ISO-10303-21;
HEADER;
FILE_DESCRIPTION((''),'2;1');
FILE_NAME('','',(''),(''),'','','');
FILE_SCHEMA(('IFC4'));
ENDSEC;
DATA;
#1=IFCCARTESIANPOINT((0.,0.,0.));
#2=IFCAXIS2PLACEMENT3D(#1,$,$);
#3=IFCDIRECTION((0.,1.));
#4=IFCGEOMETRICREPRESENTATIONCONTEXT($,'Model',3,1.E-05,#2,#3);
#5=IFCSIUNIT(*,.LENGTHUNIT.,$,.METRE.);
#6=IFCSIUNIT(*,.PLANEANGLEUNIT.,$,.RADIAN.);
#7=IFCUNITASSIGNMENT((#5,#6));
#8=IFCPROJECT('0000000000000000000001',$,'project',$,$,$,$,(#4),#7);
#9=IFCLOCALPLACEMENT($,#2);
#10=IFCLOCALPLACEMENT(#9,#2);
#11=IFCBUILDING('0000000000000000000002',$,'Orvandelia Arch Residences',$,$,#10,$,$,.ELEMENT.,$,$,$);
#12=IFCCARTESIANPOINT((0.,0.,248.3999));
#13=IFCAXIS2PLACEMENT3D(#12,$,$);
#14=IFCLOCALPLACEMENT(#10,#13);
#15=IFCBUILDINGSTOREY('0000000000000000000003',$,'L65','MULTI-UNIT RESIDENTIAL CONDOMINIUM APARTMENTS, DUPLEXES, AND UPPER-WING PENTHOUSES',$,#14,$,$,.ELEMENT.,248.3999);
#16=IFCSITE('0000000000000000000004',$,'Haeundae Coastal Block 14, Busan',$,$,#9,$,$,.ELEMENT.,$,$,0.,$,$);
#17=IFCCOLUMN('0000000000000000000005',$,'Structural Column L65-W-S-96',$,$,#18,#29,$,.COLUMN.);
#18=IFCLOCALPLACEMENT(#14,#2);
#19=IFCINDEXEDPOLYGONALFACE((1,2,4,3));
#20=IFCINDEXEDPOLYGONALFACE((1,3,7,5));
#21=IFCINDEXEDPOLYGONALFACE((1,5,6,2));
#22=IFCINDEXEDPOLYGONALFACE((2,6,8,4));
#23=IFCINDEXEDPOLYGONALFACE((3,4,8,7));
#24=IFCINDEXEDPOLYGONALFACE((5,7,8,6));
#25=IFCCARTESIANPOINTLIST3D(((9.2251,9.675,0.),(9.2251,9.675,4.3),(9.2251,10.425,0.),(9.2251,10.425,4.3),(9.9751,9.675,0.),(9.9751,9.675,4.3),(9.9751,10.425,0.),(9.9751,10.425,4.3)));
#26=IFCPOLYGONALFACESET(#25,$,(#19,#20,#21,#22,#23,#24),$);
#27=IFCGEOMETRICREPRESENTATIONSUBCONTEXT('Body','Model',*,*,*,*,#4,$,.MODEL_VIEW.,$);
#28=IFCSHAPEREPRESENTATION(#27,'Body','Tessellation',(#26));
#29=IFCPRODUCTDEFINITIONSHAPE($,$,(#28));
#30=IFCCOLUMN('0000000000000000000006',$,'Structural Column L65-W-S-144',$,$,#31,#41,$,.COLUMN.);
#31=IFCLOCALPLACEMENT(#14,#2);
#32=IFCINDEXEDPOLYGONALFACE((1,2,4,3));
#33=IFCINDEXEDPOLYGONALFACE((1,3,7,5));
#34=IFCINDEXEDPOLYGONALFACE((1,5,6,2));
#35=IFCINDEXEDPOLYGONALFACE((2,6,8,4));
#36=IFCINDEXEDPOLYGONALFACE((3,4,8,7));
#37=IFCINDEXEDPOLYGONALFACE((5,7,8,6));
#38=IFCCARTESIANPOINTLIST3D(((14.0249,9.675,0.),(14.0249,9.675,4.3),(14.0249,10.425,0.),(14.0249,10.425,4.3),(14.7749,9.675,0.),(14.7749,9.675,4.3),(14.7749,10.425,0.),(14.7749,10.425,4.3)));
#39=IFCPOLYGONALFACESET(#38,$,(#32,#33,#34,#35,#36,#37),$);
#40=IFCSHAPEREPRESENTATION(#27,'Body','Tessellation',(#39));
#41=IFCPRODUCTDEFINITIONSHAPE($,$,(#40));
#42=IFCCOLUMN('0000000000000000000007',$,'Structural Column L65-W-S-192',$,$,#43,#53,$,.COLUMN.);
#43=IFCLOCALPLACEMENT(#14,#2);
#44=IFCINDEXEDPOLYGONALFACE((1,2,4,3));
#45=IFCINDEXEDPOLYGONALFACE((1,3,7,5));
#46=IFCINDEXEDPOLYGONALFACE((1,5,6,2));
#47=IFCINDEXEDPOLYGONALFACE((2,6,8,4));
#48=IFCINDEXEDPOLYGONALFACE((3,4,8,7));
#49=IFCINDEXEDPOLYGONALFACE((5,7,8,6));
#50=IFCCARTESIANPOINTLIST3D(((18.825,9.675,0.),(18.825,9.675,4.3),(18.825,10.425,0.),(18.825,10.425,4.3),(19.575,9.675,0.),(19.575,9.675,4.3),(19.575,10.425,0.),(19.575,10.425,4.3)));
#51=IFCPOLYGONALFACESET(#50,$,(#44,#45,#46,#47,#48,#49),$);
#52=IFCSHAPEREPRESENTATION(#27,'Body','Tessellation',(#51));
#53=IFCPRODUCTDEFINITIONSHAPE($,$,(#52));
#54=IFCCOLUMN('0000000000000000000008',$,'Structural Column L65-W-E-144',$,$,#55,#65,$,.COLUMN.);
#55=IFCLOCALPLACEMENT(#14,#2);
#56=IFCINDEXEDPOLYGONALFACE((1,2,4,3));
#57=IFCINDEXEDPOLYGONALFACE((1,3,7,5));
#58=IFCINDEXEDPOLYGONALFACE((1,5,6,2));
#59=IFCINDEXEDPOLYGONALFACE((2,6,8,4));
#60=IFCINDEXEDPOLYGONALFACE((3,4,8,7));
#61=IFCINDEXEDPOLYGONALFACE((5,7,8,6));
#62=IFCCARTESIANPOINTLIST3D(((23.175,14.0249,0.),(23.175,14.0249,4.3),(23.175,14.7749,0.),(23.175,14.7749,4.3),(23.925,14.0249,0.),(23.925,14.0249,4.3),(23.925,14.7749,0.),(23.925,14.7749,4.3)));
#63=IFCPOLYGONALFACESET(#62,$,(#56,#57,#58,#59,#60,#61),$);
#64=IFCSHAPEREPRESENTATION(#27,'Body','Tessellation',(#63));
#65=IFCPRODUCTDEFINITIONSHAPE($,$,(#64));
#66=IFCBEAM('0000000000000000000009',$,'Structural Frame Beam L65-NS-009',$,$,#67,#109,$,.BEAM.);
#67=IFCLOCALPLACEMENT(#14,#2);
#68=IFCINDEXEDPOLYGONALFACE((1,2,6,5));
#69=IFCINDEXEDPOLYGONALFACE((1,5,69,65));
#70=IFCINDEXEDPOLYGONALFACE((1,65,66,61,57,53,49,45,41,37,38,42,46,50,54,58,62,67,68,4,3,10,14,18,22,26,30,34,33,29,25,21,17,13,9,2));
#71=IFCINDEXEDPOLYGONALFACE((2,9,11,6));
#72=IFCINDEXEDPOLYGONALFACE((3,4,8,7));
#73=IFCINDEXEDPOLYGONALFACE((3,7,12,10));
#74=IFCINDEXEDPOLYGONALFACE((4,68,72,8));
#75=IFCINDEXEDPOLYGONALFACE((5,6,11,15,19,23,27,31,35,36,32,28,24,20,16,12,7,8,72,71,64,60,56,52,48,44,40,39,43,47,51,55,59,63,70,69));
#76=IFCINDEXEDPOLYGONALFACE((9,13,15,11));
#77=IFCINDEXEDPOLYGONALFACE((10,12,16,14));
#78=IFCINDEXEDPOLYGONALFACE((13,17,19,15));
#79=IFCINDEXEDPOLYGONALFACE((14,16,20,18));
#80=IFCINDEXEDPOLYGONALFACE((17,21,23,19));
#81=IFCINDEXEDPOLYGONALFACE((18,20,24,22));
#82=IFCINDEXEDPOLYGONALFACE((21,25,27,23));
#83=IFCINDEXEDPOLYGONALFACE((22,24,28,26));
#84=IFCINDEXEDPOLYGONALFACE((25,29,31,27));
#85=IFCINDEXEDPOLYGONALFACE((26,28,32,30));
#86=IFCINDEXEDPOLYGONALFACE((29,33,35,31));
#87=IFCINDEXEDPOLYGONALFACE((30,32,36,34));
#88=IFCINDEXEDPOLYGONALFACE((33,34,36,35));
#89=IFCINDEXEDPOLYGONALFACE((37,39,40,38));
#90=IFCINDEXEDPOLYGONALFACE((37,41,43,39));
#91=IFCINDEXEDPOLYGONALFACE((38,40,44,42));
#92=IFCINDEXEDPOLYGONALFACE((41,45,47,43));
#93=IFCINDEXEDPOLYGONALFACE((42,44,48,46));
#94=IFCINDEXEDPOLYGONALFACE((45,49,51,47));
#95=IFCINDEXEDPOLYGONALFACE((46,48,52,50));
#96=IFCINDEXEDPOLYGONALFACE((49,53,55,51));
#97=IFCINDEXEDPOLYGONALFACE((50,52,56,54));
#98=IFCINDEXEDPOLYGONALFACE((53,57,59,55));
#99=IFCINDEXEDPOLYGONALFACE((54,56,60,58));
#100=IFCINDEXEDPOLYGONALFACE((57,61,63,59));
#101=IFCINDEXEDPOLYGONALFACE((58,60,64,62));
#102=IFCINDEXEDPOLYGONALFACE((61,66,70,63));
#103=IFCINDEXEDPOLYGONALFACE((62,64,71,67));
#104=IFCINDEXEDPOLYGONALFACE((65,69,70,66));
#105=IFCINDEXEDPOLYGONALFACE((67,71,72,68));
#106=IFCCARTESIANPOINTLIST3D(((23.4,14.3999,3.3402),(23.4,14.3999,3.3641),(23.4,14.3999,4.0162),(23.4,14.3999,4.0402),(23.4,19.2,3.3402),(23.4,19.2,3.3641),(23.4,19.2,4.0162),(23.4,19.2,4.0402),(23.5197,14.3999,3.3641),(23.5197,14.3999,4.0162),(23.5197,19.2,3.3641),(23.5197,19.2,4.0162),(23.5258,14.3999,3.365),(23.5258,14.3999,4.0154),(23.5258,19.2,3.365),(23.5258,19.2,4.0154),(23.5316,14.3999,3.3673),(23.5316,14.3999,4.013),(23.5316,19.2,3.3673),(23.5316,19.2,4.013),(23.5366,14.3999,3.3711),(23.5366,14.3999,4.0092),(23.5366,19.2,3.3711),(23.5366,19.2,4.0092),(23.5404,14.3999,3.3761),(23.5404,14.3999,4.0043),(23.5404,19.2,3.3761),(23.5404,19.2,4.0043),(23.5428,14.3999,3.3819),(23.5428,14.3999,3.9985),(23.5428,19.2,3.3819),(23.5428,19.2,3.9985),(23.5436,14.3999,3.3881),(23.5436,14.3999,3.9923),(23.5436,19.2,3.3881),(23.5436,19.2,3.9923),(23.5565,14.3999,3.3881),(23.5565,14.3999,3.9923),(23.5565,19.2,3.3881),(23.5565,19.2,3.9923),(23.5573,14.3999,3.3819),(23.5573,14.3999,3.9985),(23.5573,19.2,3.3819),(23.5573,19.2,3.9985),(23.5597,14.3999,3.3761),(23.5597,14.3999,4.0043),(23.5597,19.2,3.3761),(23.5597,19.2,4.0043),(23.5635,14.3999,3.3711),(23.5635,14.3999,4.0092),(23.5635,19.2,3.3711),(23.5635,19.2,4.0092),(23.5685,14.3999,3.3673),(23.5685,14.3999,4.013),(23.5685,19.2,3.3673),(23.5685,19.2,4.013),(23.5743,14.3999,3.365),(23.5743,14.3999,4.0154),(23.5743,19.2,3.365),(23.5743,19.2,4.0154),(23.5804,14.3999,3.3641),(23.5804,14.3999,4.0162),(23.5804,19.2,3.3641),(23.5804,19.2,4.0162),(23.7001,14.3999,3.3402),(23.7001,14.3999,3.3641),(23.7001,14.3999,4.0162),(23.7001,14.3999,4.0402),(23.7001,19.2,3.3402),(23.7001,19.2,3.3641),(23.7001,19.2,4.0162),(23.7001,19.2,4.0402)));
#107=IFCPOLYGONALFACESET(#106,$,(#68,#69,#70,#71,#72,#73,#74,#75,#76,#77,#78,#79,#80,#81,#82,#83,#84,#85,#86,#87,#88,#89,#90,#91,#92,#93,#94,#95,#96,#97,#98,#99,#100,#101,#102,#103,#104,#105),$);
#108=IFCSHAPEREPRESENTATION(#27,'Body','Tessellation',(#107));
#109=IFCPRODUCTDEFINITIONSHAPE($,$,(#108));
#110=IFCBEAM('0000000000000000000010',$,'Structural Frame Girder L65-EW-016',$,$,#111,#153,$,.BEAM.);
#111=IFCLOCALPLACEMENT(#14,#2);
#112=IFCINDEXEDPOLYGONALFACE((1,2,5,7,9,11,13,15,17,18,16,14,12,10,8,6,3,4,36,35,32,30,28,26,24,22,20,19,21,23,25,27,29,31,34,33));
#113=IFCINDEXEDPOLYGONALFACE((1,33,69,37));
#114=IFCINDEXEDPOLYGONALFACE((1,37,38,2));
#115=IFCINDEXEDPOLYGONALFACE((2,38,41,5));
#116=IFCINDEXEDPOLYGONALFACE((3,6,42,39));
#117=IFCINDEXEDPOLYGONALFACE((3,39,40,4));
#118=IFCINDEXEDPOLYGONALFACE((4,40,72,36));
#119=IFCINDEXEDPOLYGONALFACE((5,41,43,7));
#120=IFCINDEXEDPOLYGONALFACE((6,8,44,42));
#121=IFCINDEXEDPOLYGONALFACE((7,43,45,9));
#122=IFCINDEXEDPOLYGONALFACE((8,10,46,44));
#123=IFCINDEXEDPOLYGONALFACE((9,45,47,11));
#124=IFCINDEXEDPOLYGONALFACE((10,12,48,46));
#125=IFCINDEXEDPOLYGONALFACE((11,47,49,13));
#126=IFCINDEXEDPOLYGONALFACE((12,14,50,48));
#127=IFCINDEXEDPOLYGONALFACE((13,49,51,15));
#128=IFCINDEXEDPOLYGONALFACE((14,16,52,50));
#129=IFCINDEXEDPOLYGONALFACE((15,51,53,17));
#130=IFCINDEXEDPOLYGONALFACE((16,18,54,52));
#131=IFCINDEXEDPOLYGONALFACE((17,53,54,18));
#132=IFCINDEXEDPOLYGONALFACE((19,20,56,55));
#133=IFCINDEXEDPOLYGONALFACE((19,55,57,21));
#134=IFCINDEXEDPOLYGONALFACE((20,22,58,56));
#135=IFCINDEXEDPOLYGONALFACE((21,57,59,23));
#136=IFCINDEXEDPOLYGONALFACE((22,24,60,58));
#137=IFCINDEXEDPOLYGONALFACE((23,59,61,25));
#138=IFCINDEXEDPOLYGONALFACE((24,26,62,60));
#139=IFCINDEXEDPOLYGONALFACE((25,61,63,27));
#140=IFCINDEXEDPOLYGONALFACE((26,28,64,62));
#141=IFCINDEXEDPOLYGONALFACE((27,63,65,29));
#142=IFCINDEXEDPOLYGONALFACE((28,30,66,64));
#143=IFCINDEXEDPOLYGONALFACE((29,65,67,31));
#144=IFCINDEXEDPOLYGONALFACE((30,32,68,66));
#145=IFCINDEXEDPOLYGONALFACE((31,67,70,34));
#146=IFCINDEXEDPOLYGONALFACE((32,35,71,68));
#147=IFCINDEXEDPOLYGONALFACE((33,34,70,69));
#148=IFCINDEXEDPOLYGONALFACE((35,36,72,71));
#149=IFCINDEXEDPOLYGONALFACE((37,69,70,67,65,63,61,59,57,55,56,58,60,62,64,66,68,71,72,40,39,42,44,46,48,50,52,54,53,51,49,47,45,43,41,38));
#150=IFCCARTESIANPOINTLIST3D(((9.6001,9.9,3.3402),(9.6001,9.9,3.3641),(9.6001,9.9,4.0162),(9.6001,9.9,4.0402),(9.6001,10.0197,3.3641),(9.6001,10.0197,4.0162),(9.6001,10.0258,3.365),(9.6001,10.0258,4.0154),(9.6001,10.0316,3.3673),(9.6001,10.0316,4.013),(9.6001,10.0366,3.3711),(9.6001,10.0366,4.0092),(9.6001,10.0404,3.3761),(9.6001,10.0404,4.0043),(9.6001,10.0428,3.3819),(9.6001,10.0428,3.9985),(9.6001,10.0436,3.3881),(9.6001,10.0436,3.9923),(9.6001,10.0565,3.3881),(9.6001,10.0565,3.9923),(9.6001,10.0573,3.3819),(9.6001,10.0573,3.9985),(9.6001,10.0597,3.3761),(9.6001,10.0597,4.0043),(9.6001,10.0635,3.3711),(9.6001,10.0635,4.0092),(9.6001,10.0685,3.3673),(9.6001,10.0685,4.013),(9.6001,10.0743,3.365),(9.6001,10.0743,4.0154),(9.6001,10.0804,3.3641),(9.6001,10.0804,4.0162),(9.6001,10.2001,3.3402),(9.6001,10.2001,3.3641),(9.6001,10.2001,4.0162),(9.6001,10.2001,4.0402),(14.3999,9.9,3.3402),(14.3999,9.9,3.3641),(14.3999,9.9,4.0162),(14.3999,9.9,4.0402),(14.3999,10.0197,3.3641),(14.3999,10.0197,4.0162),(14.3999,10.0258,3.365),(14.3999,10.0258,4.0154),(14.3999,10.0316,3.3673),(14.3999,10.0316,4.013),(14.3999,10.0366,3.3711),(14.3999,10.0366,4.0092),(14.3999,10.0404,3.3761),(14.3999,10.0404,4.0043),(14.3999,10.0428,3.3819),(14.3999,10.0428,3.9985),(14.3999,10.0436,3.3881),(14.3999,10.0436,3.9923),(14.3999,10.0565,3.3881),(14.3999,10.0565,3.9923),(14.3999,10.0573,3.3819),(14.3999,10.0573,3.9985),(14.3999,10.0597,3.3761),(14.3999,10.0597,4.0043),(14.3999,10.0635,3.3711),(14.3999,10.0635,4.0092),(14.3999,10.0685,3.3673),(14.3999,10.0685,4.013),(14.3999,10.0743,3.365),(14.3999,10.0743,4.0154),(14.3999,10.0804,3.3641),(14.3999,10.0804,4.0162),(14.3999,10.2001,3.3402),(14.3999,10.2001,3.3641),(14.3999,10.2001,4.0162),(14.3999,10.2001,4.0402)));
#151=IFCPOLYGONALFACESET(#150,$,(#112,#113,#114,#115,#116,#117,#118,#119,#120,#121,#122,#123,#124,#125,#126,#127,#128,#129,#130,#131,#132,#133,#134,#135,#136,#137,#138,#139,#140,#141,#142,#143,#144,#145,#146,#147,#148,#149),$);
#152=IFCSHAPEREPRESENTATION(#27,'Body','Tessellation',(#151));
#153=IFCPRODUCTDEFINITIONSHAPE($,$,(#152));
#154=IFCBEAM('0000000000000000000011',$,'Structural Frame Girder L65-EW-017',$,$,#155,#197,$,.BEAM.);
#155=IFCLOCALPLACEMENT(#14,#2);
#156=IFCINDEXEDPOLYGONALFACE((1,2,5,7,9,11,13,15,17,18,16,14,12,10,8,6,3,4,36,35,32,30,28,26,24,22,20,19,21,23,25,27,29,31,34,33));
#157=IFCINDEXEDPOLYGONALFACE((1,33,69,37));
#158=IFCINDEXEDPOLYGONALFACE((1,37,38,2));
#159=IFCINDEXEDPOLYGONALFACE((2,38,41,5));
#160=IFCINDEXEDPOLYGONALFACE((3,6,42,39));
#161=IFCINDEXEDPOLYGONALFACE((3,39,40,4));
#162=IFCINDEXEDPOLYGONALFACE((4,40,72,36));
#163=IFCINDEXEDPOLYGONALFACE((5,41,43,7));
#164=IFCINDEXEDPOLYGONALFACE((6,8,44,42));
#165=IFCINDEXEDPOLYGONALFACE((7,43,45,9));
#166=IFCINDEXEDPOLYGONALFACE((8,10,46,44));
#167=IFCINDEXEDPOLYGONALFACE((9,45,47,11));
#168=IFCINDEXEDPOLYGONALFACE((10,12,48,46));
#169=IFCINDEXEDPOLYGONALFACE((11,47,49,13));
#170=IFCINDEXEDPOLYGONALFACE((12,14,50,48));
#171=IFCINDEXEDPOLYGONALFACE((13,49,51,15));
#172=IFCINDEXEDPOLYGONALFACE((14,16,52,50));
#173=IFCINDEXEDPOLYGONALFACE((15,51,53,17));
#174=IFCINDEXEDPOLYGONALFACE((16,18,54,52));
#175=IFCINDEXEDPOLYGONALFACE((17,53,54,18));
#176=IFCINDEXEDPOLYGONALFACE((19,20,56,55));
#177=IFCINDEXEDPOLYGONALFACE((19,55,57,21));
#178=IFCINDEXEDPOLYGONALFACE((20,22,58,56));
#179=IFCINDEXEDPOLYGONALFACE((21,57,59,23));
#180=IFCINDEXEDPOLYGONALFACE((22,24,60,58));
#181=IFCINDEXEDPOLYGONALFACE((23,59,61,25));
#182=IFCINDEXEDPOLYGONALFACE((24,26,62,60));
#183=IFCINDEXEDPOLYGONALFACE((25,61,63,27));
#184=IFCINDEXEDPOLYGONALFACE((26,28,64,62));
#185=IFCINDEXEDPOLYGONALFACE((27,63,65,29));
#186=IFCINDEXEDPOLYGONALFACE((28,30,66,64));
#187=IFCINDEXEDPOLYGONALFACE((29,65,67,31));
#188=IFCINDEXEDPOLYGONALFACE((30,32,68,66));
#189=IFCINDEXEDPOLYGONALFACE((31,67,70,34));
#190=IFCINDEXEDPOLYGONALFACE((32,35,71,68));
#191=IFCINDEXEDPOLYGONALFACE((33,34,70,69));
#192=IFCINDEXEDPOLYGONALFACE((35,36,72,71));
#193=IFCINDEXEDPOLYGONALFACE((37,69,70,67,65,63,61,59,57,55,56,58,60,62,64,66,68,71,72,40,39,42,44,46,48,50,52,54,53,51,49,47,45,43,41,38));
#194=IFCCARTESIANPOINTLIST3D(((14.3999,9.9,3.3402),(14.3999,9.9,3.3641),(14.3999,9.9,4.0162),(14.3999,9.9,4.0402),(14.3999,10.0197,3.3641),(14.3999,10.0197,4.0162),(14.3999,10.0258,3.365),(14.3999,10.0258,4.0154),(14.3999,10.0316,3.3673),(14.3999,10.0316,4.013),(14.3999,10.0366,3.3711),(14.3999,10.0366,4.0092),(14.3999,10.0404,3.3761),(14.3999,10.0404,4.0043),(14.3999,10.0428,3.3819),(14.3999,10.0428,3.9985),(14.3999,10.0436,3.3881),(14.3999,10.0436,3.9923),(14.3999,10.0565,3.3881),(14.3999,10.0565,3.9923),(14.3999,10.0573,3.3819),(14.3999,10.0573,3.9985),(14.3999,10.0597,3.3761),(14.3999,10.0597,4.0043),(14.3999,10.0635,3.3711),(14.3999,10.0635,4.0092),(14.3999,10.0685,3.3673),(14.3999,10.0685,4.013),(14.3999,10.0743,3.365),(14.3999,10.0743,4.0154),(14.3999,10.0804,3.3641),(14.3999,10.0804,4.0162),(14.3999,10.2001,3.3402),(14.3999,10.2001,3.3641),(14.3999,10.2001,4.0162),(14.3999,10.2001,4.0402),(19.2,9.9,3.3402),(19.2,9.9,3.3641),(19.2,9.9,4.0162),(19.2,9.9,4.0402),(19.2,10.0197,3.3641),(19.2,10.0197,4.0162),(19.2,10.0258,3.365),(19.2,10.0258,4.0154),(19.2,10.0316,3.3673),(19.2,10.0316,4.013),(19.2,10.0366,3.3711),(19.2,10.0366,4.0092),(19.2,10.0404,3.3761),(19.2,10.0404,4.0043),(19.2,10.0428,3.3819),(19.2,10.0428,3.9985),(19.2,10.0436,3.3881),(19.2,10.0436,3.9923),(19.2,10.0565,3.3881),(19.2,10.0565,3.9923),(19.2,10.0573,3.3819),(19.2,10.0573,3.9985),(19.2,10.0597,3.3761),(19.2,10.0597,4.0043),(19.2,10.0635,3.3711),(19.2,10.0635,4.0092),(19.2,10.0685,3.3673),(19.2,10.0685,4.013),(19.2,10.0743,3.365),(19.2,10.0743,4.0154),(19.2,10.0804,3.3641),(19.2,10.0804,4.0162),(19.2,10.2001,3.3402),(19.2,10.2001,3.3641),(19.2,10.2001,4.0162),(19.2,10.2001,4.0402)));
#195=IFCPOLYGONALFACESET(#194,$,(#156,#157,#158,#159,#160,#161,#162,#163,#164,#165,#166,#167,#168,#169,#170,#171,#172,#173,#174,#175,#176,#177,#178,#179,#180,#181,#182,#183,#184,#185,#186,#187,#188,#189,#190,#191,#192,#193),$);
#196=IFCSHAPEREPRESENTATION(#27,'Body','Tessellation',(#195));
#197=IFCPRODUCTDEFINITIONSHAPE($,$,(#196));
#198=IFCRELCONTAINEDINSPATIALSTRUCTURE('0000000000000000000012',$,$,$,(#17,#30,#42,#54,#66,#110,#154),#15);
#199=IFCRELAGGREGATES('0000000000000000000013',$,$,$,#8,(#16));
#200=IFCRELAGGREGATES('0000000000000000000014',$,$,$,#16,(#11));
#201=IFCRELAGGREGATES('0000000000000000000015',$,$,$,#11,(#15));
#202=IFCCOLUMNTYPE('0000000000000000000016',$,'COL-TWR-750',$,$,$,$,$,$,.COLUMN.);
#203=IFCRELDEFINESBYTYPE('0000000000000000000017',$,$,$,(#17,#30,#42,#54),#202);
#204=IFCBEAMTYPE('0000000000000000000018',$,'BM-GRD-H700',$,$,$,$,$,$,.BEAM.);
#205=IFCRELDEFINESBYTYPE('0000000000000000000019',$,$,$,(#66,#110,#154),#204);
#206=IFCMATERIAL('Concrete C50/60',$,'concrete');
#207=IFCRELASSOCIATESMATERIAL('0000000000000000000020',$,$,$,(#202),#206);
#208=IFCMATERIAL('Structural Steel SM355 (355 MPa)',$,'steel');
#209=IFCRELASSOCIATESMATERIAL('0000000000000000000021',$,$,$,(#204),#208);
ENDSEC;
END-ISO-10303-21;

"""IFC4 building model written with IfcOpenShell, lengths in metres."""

from ifc_helpers import new_model, si_unit, direction, frame, origin, origin_2d, place, context, subcontext, project, spatial, rectangle, i_section, extrude, material, material_profile, profile_set, type_object, element, save


model = new_model("IFC4")

# Units and contexts
model_context = context("Model", 3, precision=1e-05, world=origin(), true_north=direction((0.0, 1.0)))
body_context = subcontext(model_context, "Body", "Model", "MODEL_VIEW")
ifc_project = project(units=[si_unit("LENGTHUNIT", "METRE"), si_unit("PLANEANGLEUNIT", "RADIAN")], contexts=[model_context])

# Site, building, storey
site_placement = place(None, origin())
site = spatial("IfcSite", under=ifc_project, at=site_placement, Name="Haeundae Coastal Block 14, Busan", CompositionType="ELEMENT", RefElevation=0.0)
building_placement = place(site_placement, origin())
building = spatial("IfcBuilding", under=site, at=building_placement, Name="Orvandelia Arch Residences", CompositionType="ELEMENT")
storey_placement = place(building_placement, frame((0.0, 0.0, 248.3999)))
storey = spatial("IfcBuildingStorey", under=building, at=storey_placement, Name="L65", Description="MULTI-UNIT RESIDENTIAL CONDOMINIUM APARTMENTS, DUPLEXES, AND UPPER-WING PENTHOUSES", CompositionType="ELEMENT", Elevation=248.3999)

# Columns
ifc_material_1 = material(Name="Concrete C50/60", Category="concrete")
ifc_material_profile_1 = material_profile(ifc_material_1, rectangle(XDim=0.75, YDim=0.75, at=origin_2d()), Name="Concrete C50/60", Category="concrete")
ifc_profile_set_1 = profile_set([ifc_material_profile_1], Name="Concrete C50/60")
column_type = type_object("IfcColumnType", Name="COL-TWR-750", PredefinedType="COLUMN", material=ifc_profile_set_1)
for number, where, z_axis, x_axis, name in (
    (1, (9.6001, 10.05, 0.0), (0.0, 0.0, 1.0), (1.0, 0.0, 0.0), "Structural Column L65-W-S-96"),
    (2, (14.3999, 10.05, 0.0), (0.0, 0.0, 1.0), (1.0, 0.0, 0.0), "Structural Column L65-W-S-144"),
    (3, (19.2, 10.05, 0.0), (0.0, 0.0, 1.0), (1.0, 0.0, 0.0), "Structural Column L65-W-S-192"),
    (4, (23.55, 14.3999, 0.0), (0.0, 0.0, 1.0), (1.0, 0.0, 0.0), "Structural Column L65-W-E-144"),
):
    element("IfcColumn", number, at=place(storey_placement, frame(where, z_axis=z_axis, x_axis=x_axis)), inside=storey, type_object=column_type, Name=name, PredefinedType="COLUMN", context=body_context, shape_type="SweptSolid", body=[
        extrude(rectangle(XDim=0.75, YDim=0.75, at=origin_2d()), origin(), (0.0, 0.0, 1.0), 4.3),
    ])

# Beams
ifc_material_2 = material(Name="Structural Steel SM355 (355 MPa)", Category="steel")
ifc_material_profile_2 = material_profile(ifc_material_2, i_section(OverallWidth=0.3, OverallDepth=0.7, WebThickness=0.0129, FlangeThickness=0.0239, FilletRadius=0.0239, at=origin_2d()), Name="Structural Steel SM355 (355 MPa)", Category="steel")
ifc_profile_set_2 = profile_set([ifc_material_profile_2], Name="Structural Steel SM355 (355 MPa)")
beam_type = type_object("IfcBeamType", Name="BM-GRD-H700", PredefinedType="BEAM", material=ifc_profile_set_2)
beam_1_placement = place(storey_placement, frame((23.55, 14.3999, 3.6902), z_axis=(0.0, 1.0, 0.0), x_axis=(-1.0, 0.0, 0.0)))
element("IfcBeam", 5, at=beam_1_placement, inside=storey, type_object=beam_type, Name="Structural Frame Beam L65-NS-009", PredefinedType="BEAM", context=body_context, shape_type="SweptSolid", body=[
    extrude(i_section(OverallWidth=0.3, OverallDepth=0.7, WebThickness=0.0129, FlangeThickness=0.0239, FilletRadius=0.0239, at=origin_2d()), origin(), (0.0, 0.0, 1.0), 4.8),
])
beam_2_placement = place(storey_placement, frame((9.6001, 10.05, 3.6902), z_axis=(1.0, 0.0, 0.0), x_axis=(0.0, 1.0, 0.0)))
element("IfcBeam", 6, at=beam_2_placement, inside=storey, type_object=beam_type, Name="Structural Frame Girder L65-EW-016", PredefinedType="BEAM", context=body_context, shape_type="SweptSolid", body=[
    extrude(i_section(OverallWidth=0.3, OverallDepth=0.7, WebThickness=0.0129, FlangeThickness=0.0239, FilletRadius=0.0239, at=origin_2d()), origin(), (0.0, 0.0, 1.0), 4.7998),
])
beam_3_placement = place(storey_placement, frame((14.3999, 10.05, 3.6902), z_axis=(1.0, 0.0, 0.0), x_axis=(0.0, 1.0, 0.0)))
element("IfcBeam", 7, at=beam_3_placement, inside=storey, type_object=beam_type, Name="Structural Frame Girder L65-EW-017", PredefinedType="BEAM", context=body_context, shape_type="SweptSolid", body=[
    extrude(i_section(OverallWidth=0.3, OverallDepth=0.7, WebThickness=0.0129, FlangeThickness=0.0239, FilletRadius=0.0239, at=origin_2d()), origin(), (0.0, 0.0, 1.0), 4.8),
])

save(model, "model.ifc")
